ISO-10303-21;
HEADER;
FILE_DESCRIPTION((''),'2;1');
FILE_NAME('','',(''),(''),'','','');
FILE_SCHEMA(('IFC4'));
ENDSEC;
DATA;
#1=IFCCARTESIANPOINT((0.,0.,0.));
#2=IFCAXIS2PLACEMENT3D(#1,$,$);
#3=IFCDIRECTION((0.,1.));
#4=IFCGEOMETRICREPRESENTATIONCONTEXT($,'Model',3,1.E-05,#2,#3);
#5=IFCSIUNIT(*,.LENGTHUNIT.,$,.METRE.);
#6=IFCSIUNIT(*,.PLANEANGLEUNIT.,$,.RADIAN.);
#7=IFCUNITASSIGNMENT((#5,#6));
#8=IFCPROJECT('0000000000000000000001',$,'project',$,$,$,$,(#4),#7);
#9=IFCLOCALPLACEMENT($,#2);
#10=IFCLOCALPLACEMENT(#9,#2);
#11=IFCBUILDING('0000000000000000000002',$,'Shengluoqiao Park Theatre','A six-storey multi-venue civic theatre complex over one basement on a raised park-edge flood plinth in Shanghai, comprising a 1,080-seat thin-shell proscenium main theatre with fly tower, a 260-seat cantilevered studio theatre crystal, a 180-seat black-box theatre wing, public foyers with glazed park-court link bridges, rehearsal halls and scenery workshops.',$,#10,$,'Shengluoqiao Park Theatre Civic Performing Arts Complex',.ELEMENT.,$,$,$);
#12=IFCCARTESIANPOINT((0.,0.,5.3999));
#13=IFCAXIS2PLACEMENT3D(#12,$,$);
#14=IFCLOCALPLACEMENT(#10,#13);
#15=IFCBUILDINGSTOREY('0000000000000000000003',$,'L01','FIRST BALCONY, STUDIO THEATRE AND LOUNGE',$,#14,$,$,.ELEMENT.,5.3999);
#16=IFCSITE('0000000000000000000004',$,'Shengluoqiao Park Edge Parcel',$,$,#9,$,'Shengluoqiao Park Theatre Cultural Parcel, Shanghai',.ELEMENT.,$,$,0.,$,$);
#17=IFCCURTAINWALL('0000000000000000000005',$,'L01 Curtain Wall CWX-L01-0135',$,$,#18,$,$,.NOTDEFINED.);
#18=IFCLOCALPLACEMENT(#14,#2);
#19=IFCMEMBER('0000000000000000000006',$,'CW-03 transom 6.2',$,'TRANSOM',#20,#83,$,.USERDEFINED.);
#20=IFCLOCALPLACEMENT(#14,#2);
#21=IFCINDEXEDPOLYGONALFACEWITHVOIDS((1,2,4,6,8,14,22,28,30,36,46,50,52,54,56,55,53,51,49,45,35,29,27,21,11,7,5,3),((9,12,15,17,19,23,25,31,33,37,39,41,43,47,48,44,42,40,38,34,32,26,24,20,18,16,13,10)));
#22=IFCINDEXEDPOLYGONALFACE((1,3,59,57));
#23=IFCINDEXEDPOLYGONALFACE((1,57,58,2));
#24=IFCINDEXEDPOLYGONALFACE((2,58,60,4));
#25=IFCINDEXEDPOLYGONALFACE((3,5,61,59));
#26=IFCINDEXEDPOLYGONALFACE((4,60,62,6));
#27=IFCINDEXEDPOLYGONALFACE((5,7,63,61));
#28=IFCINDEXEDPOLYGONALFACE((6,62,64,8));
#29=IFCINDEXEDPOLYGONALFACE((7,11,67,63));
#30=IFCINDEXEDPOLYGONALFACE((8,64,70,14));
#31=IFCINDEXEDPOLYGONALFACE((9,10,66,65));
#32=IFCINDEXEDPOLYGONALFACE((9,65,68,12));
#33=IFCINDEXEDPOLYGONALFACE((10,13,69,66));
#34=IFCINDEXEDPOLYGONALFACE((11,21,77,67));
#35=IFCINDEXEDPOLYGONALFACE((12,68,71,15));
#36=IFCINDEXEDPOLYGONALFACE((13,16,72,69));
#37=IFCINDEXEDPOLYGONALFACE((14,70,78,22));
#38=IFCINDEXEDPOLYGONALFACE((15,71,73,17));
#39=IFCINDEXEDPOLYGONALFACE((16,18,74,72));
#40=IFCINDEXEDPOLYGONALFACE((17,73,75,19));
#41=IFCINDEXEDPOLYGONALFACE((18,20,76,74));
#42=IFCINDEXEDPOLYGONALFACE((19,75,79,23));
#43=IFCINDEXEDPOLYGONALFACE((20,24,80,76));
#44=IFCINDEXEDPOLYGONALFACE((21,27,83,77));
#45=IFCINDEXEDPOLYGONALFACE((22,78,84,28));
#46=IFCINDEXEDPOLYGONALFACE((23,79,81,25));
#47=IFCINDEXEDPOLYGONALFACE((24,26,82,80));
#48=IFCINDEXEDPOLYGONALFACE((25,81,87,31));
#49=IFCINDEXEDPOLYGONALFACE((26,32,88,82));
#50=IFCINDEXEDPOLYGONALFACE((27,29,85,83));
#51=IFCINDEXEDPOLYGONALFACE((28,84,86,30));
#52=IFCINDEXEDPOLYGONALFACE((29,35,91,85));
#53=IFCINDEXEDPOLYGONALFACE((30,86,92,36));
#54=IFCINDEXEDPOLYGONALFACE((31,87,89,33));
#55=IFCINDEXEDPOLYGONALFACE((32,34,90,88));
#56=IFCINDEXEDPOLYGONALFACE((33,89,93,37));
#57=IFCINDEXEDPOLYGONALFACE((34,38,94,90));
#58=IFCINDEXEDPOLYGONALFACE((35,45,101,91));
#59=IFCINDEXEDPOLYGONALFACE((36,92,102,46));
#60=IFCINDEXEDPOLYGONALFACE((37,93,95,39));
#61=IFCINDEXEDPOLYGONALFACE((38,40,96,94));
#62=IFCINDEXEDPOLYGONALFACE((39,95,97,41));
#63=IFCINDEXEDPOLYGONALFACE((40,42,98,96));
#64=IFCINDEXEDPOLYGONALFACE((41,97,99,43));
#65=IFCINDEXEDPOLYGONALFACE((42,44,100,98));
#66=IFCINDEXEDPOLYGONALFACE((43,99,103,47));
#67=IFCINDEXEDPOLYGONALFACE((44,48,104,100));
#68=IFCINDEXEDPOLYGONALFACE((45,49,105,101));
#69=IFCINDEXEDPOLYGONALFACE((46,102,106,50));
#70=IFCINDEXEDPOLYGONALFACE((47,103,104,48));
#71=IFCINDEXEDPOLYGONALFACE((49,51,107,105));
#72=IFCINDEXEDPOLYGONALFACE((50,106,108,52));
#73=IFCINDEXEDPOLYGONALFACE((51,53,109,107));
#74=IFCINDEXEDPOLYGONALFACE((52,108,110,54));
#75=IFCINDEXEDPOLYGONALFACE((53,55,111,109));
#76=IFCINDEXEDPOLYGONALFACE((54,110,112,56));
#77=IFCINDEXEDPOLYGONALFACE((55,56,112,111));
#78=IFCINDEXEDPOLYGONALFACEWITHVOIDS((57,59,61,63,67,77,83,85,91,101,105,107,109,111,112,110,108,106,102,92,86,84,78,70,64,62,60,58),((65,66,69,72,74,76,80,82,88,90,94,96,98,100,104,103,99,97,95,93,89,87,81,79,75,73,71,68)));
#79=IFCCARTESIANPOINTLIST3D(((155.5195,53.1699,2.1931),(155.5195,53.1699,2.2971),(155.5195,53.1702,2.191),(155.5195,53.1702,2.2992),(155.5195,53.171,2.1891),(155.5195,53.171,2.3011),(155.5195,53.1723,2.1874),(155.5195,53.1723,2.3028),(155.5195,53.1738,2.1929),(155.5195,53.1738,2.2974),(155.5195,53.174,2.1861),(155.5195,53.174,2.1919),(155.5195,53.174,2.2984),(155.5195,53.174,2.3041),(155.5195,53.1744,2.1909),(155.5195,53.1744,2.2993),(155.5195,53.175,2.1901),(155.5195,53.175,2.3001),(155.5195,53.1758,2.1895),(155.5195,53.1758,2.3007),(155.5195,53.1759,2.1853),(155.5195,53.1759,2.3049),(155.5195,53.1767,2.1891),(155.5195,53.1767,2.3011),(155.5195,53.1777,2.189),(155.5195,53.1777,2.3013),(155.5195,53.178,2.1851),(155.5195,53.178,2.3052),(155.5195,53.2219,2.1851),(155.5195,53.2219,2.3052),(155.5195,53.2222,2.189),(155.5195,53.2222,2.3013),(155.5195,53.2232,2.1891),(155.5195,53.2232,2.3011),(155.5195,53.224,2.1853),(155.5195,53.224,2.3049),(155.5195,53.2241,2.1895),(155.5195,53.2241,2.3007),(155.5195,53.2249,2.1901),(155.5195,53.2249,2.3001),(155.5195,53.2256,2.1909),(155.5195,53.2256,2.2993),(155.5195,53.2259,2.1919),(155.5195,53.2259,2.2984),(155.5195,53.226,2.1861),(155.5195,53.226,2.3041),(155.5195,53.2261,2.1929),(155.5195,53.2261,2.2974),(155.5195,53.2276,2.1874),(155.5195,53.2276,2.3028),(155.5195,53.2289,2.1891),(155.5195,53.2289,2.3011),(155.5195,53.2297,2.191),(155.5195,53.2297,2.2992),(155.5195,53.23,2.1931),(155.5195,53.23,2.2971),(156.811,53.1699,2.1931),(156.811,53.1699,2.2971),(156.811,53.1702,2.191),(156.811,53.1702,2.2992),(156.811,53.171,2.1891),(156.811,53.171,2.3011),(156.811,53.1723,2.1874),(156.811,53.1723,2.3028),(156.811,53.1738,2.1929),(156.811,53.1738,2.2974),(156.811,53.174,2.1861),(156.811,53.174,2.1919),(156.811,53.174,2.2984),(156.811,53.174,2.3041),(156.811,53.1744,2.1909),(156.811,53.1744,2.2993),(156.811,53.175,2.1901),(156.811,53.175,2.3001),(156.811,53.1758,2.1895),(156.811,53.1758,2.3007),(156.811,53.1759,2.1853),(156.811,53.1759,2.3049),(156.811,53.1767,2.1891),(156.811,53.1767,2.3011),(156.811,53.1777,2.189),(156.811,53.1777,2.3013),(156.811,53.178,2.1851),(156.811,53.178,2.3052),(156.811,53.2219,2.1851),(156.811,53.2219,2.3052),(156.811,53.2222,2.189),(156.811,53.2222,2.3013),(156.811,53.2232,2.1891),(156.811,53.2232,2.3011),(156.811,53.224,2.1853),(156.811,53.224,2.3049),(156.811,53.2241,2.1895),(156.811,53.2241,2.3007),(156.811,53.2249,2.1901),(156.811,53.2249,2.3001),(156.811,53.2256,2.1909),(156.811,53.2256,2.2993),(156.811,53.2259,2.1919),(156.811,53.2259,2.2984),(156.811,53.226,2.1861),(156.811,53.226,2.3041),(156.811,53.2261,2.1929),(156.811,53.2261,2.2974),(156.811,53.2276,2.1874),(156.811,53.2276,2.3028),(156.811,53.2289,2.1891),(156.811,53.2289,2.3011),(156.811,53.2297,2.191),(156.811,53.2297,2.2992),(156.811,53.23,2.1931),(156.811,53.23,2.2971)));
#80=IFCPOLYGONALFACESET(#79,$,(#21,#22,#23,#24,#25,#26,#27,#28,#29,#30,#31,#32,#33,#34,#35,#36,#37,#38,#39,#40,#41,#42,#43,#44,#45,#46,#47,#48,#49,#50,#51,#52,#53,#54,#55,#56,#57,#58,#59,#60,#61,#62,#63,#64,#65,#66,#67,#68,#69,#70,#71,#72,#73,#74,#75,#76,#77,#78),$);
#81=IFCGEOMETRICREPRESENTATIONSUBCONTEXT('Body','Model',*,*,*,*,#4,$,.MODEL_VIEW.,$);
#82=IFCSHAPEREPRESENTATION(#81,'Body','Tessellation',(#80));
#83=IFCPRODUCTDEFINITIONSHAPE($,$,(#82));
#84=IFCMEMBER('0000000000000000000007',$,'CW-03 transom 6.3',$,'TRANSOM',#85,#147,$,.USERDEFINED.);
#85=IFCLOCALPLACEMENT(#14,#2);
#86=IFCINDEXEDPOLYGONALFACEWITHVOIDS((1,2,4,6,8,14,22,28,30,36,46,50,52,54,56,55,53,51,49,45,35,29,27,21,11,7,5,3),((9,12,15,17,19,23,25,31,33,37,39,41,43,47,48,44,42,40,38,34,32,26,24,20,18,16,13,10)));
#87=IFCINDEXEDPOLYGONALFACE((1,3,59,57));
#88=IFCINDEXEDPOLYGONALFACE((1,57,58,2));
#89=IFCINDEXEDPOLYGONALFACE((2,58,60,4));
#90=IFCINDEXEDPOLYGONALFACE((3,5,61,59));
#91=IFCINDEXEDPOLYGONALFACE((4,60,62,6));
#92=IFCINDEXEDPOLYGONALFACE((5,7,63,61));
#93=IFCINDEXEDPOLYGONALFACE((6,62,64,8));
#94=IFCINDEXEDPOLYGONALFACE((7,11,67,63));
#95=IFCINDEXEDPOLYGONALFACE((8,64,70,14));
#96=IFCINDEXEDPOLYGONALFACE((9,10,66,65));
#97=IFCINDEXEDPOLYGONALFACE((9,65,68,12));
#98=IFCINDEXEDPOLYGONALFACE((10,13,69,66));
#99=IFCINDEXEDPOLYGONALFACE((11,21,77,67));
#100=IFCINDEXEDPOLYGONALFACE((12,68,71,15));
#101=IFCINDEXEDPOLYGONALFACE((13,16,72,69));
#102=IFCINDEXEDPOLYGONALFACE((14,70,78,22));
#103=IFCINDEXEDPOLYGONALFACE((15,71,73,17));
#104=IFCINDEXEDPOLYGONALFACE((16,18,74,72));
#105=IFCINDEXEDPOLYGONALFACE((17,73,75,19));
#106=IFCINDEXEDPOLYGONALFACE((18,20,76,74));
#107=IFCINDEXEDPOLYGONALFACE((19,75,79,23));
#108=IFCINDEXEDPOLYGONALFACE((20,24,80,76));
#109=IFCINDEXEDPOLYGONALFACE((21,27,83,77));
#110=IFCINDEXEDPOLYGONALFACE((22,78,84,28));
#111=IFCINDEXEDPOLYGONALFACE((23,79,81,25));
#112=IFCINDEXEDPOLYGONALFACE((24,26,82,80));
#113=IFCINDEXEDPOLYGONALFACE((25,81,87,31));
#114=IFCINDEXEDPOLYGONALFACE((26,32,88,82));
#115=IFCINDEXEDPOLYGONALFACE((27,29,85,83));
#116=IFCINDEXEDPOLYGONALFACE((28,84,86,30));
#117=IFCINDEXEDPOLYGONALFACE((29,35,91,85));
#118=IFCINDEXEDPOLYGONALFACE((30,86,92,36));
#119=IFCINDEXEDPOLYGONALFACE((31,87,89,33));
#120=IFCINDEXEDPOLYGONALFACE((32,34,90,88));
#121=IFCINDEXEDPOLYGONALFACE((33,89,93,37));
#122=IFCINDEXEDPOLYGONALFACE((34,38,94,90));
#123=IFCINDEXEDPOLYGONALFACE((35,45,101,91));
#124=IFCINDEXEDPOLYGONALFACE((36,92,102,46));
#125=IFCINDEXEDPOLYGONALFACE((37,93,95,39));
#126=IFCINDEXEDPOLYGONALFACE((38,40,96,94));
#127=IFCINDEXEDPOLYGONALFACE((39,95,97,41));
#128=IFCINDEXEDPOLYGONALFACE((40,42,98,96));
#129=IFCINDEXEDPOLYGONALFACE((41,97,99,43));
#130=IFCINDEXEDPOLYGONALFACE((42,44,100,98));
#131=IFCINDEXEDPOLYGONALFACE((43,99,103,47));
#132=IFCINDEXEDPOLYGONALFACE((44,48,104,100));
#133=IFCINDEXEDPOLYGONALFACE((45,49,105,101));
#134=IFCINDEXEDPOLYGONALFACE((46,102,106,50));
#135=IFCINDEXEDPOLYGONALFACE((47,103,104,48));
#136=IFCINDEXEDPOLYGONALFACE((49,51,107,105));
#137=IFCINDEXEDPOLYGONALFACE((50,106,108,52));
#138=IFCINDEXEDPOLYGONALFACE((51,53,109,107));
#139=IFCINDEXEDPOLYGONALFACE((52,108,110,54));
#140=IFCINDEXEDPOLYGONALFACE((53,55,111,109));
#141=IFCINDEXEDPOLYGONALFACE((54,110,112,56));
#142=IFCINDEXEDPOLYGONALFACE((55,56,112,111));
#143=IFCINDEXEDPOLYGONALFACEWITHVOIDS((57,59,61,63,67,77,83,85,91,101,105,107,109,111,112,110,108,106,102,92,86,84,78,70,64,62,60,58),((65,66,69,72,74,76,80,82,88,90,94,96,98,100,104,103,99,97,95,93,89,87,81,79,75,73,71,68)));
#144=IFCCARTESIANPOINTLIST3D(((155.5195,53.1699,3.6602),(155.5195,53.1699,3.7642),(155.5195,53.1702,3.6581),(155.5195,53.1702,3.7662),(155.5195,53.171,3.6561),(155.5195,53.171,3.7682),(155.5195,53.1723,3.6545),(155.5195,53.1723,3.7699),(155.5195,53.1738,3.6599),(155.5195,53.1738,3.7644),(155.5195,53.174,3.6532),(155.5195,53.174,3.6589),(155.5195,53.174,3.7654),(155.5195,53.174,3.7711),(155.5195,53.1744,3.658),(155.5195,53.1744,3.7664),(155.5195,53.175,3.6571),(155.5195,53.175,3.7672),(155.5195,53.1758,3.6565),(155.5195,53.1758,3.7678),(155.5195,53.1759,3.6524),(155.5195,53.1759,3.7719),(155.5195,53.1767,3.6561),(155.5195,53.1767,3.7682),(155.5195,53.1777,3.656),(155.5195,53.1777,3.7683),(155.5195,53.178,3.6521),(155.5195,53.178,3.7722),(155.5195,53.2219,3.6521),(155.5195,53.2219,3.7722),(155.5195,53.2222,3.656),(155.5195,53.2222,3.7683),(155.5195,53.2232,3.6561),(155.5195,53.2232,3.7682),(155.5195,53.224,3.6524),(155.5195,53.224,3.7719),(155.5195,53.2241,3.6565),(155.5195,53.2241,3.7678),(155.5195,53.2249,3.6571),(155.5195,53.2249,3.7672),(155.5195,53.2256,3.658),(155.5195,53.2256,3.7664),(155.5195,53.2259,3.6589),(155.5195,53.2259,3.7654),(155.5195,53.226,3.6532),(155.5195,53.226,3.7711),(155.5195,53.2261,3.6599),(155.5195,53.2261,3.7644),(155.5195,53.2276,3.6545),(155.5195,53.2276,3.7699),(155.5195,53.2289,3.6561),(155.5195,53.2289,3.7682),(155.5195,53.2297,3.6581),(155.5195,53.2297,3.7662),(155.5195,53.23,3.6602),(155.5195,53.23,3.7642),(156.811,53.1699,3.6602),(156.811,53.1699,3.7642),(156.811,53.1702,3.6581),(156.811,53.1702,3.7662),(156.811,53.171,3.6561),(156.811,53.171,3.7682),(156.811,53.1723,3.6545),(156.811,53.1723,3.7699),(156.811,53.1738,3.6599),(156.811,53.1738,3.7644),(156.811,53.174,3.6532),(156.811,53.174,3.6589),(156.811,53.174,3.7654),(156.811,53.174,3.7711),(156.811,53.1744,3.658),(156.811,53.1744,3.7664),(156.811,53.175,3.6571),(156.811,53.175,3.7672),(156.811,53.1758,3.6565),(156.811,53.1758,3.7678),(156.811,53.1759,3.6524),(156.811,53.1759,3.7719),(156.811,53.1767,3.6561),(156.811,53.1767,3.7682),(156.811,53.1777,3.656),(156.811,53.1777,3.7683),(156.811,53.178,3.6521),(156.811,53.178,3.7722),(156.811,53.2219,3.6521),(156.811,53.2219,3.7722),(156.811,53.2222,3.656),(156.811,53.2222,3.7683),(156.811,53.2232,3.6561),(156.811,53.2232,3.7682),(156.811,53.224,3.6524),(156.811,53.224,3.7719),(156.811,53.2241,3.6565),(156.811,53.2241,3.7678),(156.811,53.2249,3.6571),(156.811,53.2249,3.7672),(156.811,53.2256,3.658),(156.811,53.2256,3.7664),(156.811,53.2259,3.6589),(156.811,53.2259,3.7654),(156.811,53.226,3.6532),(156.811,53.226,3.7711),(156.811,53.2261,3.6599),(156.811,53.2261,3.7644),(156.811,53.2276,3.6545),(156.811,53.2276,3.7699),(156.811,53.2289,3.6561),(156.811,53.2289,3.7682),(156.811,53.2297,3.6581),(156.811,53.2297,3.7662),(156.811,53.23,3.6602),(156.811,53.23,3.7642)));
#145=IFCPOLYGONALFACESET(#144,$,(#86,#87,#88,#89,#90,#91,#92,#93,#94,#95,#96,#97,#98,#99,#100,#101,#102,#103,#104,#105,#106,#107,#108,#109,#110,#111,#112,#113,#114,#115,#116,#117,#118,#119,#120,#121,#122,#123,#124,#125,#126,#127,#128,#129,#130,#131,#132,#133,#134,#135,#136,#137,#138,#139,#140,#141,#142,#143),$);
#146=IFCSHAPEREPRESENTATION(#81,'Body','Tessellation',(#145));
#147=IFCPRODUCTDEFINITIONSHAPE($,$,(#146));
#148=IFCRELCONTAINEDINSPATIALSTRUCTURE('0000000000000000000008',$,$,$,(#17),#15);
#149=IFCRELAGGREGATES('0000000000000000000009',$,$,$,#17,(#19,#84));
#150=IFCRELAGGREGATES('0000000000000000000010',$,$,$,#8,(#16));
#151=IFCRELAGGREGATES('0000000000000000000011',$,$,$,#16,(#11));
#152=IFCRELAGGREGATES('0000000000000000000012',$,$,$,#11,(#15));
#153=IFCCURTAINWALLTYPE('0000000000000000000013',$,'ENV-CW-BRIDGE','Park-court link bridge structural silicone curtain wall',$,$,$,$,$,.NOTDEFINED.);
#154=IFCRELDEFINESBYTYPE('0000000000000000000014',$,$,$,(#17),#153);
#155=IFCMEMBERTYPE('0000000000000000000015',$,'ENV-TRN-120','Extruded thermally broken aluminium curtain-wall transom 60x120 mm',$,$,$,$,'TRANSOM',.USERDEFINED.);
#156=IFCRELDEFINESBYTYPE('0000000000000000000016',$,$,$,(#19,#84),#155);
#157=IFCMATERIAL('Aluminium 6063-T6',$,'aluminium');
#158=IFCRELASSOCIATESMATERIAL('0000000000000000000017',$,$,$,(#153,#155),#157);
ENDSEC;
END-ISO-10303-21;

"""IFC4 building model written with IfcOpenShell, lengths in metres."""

from ifc_helpers import new_model, si_unit, direction, frame, origin, origin_2d, place, context, subcontext, project, spatial, hollow_rectangle, extrude, material, material_profile, profile_set, type_object, element, aggregate, save


model = new_model("IFC4")

# Units and contexts
model_context = context("Model", 3, precision=1e-05, world=origin(), true_north=direction((0.0, 1.0)))
body_context = subcontext(model_context, "Body", "Model", "MODEL_VIEW")
ifc_project = project(units=[si_unit("LENGTHUNIT", "METRE"), si_unit("PLANEANGLEUNIT", "RADIAN")], contexts=[model_context])

# Site, building, storey
site_placement = place(None, origin())
site = spatial("IfcSite", under=ifc_project, at=site_placement, Name="Shengluoqiao Park Edge Parcel", LongName="Shengluoqiao Park Theatre Cultural Parcel, Shanghai", CompositionType="ELEMENT", RefElevation=0.0)
building_placement = place(site_placement, origin())
building = spatial("IfcBuilding", under=site, at=building_placement, Name="Shengluoqiao Park Theatre", Description="A six-storey multi-venue civic theatre complex over one basement on a raised park-edge flood plinth in Shanghai, comprising a 1,080-seat thin-shell proscenium main theatre with fly tower, a 260-seat cantilevered studio theatre crystal, a 180-seat black-box theatre wing, public foyers with glazed park-court link bridges, rehearsal halls and scenery workshops.", LongName="Shengluoqiao Park Theatre Civic Performing Arts Complex", CompositionType="ELEMENT")
storey_placement = place(building_placement, frame((0.0, 0.0, 5.3999)))
storey = spatial("IfcBuildingStorey", under=building, at=storey_placement, Name="L01", Description="FIRST BALCONY, STUDIO THEATRE AND LOUNGE", CompositionType="ELEMENT", Elevation=5.3999)

# Curtain wall
ifc_material_1 = material(Name="Aluminium 6063-T6", Category="aluminium")
curtain_wall_type_1 = type_object("IfcCurtainWallType", Name="ENV-CW-BRIDGE", Description="Park-court link bridge structural silicone curtain wall", PredefinedType="NOTDEFINED", material=ifc_material_1)
curtain_wall_1_placement = place(storey_placement, origin())
curtain_wall_1 = element("IfcCurtainWall", 1, at=curtain_wall_1_placement, inside=storey, type_object=curtain_wall_type_1, Name="L01 Curtain Wall CWX-L01-0135", PredefinedType="NOTDEFINED")

# Members
ifc_material_profile_1 = material_profile(ifc_material_1, hollow_rectangle(XDim=0.0601, YDim=0.1201, WallThickness=0.0039, InnerFilletRadius=0.0039, OuterFilletRadius=0.0081, at=origin_2d()), Name="ALU TRANSOM 120x60x4")
ifc_profile_set_1 = profile_set([ifc_material_profile_1], Name="Aluminium 6063-T6")
member_type_1 = type_object("IfcMemberType", Name="ENV-TRN-120", Description="Extruded thermally broken aluminium curtain-wall transom 60x120 mm", ElementType="TRANSOM", PredefinedType="USERDEFINED", material=ifc_profile_set_1)
member_1_placement = place(storey_placement, frame((155.5195, 53.2, 2.2451), z_axis=(1.0, 0.0, 0.0), x_axis=(0.0, 1.0, 0.0)))
member_1 = element("IfcMember", 2, at=member_1_placement, type_object=member_type_1, Name="CW-03 transom 6.2", ObjectType="TRANSOM", PredefinedType="USERDEFINED", context=body_context, shape_type="SweptSolid", body=[
    extrude(hollow_rectangle(XDim=0.0601, YDim=0.1201, WallThickness=0.0039, InnerFilletRadius=0.0039, OuterFilletRadius=0.0081, at=origin_2d()), origin(), (0.0, 0.0, 1.0), 1.2915),
])
member_2_placement = place(storey_placement, frame((155.5195, 53.2, 3.7122), z_axis=(1.0, 0.0, 0.0), x_axis=(0.0, 1.0, 0.0)))
member_2 = element("IfcMember", 3, at=member_2_placement, type_object=member_type_1, Name="CW-03 transom 6.3", ObjectType="TRANSOM", PredefinedType="USERDEFINED", context=body_context, shape_type="SweptSolid", body=[
    extrude(hollow_rectangle(XDim=0.0601, YDim=0.1201, WallThickness=0.0039, InnerFilletRadius=0.0039, OuterFilletRadius=0.0081, at=origin_2d()), origin(), (0.0, 0.0, 1.0), 1.2915),
])

aggregate(curtain_wall_1, [member_1, member_2])

save(model, "model.ifc")
